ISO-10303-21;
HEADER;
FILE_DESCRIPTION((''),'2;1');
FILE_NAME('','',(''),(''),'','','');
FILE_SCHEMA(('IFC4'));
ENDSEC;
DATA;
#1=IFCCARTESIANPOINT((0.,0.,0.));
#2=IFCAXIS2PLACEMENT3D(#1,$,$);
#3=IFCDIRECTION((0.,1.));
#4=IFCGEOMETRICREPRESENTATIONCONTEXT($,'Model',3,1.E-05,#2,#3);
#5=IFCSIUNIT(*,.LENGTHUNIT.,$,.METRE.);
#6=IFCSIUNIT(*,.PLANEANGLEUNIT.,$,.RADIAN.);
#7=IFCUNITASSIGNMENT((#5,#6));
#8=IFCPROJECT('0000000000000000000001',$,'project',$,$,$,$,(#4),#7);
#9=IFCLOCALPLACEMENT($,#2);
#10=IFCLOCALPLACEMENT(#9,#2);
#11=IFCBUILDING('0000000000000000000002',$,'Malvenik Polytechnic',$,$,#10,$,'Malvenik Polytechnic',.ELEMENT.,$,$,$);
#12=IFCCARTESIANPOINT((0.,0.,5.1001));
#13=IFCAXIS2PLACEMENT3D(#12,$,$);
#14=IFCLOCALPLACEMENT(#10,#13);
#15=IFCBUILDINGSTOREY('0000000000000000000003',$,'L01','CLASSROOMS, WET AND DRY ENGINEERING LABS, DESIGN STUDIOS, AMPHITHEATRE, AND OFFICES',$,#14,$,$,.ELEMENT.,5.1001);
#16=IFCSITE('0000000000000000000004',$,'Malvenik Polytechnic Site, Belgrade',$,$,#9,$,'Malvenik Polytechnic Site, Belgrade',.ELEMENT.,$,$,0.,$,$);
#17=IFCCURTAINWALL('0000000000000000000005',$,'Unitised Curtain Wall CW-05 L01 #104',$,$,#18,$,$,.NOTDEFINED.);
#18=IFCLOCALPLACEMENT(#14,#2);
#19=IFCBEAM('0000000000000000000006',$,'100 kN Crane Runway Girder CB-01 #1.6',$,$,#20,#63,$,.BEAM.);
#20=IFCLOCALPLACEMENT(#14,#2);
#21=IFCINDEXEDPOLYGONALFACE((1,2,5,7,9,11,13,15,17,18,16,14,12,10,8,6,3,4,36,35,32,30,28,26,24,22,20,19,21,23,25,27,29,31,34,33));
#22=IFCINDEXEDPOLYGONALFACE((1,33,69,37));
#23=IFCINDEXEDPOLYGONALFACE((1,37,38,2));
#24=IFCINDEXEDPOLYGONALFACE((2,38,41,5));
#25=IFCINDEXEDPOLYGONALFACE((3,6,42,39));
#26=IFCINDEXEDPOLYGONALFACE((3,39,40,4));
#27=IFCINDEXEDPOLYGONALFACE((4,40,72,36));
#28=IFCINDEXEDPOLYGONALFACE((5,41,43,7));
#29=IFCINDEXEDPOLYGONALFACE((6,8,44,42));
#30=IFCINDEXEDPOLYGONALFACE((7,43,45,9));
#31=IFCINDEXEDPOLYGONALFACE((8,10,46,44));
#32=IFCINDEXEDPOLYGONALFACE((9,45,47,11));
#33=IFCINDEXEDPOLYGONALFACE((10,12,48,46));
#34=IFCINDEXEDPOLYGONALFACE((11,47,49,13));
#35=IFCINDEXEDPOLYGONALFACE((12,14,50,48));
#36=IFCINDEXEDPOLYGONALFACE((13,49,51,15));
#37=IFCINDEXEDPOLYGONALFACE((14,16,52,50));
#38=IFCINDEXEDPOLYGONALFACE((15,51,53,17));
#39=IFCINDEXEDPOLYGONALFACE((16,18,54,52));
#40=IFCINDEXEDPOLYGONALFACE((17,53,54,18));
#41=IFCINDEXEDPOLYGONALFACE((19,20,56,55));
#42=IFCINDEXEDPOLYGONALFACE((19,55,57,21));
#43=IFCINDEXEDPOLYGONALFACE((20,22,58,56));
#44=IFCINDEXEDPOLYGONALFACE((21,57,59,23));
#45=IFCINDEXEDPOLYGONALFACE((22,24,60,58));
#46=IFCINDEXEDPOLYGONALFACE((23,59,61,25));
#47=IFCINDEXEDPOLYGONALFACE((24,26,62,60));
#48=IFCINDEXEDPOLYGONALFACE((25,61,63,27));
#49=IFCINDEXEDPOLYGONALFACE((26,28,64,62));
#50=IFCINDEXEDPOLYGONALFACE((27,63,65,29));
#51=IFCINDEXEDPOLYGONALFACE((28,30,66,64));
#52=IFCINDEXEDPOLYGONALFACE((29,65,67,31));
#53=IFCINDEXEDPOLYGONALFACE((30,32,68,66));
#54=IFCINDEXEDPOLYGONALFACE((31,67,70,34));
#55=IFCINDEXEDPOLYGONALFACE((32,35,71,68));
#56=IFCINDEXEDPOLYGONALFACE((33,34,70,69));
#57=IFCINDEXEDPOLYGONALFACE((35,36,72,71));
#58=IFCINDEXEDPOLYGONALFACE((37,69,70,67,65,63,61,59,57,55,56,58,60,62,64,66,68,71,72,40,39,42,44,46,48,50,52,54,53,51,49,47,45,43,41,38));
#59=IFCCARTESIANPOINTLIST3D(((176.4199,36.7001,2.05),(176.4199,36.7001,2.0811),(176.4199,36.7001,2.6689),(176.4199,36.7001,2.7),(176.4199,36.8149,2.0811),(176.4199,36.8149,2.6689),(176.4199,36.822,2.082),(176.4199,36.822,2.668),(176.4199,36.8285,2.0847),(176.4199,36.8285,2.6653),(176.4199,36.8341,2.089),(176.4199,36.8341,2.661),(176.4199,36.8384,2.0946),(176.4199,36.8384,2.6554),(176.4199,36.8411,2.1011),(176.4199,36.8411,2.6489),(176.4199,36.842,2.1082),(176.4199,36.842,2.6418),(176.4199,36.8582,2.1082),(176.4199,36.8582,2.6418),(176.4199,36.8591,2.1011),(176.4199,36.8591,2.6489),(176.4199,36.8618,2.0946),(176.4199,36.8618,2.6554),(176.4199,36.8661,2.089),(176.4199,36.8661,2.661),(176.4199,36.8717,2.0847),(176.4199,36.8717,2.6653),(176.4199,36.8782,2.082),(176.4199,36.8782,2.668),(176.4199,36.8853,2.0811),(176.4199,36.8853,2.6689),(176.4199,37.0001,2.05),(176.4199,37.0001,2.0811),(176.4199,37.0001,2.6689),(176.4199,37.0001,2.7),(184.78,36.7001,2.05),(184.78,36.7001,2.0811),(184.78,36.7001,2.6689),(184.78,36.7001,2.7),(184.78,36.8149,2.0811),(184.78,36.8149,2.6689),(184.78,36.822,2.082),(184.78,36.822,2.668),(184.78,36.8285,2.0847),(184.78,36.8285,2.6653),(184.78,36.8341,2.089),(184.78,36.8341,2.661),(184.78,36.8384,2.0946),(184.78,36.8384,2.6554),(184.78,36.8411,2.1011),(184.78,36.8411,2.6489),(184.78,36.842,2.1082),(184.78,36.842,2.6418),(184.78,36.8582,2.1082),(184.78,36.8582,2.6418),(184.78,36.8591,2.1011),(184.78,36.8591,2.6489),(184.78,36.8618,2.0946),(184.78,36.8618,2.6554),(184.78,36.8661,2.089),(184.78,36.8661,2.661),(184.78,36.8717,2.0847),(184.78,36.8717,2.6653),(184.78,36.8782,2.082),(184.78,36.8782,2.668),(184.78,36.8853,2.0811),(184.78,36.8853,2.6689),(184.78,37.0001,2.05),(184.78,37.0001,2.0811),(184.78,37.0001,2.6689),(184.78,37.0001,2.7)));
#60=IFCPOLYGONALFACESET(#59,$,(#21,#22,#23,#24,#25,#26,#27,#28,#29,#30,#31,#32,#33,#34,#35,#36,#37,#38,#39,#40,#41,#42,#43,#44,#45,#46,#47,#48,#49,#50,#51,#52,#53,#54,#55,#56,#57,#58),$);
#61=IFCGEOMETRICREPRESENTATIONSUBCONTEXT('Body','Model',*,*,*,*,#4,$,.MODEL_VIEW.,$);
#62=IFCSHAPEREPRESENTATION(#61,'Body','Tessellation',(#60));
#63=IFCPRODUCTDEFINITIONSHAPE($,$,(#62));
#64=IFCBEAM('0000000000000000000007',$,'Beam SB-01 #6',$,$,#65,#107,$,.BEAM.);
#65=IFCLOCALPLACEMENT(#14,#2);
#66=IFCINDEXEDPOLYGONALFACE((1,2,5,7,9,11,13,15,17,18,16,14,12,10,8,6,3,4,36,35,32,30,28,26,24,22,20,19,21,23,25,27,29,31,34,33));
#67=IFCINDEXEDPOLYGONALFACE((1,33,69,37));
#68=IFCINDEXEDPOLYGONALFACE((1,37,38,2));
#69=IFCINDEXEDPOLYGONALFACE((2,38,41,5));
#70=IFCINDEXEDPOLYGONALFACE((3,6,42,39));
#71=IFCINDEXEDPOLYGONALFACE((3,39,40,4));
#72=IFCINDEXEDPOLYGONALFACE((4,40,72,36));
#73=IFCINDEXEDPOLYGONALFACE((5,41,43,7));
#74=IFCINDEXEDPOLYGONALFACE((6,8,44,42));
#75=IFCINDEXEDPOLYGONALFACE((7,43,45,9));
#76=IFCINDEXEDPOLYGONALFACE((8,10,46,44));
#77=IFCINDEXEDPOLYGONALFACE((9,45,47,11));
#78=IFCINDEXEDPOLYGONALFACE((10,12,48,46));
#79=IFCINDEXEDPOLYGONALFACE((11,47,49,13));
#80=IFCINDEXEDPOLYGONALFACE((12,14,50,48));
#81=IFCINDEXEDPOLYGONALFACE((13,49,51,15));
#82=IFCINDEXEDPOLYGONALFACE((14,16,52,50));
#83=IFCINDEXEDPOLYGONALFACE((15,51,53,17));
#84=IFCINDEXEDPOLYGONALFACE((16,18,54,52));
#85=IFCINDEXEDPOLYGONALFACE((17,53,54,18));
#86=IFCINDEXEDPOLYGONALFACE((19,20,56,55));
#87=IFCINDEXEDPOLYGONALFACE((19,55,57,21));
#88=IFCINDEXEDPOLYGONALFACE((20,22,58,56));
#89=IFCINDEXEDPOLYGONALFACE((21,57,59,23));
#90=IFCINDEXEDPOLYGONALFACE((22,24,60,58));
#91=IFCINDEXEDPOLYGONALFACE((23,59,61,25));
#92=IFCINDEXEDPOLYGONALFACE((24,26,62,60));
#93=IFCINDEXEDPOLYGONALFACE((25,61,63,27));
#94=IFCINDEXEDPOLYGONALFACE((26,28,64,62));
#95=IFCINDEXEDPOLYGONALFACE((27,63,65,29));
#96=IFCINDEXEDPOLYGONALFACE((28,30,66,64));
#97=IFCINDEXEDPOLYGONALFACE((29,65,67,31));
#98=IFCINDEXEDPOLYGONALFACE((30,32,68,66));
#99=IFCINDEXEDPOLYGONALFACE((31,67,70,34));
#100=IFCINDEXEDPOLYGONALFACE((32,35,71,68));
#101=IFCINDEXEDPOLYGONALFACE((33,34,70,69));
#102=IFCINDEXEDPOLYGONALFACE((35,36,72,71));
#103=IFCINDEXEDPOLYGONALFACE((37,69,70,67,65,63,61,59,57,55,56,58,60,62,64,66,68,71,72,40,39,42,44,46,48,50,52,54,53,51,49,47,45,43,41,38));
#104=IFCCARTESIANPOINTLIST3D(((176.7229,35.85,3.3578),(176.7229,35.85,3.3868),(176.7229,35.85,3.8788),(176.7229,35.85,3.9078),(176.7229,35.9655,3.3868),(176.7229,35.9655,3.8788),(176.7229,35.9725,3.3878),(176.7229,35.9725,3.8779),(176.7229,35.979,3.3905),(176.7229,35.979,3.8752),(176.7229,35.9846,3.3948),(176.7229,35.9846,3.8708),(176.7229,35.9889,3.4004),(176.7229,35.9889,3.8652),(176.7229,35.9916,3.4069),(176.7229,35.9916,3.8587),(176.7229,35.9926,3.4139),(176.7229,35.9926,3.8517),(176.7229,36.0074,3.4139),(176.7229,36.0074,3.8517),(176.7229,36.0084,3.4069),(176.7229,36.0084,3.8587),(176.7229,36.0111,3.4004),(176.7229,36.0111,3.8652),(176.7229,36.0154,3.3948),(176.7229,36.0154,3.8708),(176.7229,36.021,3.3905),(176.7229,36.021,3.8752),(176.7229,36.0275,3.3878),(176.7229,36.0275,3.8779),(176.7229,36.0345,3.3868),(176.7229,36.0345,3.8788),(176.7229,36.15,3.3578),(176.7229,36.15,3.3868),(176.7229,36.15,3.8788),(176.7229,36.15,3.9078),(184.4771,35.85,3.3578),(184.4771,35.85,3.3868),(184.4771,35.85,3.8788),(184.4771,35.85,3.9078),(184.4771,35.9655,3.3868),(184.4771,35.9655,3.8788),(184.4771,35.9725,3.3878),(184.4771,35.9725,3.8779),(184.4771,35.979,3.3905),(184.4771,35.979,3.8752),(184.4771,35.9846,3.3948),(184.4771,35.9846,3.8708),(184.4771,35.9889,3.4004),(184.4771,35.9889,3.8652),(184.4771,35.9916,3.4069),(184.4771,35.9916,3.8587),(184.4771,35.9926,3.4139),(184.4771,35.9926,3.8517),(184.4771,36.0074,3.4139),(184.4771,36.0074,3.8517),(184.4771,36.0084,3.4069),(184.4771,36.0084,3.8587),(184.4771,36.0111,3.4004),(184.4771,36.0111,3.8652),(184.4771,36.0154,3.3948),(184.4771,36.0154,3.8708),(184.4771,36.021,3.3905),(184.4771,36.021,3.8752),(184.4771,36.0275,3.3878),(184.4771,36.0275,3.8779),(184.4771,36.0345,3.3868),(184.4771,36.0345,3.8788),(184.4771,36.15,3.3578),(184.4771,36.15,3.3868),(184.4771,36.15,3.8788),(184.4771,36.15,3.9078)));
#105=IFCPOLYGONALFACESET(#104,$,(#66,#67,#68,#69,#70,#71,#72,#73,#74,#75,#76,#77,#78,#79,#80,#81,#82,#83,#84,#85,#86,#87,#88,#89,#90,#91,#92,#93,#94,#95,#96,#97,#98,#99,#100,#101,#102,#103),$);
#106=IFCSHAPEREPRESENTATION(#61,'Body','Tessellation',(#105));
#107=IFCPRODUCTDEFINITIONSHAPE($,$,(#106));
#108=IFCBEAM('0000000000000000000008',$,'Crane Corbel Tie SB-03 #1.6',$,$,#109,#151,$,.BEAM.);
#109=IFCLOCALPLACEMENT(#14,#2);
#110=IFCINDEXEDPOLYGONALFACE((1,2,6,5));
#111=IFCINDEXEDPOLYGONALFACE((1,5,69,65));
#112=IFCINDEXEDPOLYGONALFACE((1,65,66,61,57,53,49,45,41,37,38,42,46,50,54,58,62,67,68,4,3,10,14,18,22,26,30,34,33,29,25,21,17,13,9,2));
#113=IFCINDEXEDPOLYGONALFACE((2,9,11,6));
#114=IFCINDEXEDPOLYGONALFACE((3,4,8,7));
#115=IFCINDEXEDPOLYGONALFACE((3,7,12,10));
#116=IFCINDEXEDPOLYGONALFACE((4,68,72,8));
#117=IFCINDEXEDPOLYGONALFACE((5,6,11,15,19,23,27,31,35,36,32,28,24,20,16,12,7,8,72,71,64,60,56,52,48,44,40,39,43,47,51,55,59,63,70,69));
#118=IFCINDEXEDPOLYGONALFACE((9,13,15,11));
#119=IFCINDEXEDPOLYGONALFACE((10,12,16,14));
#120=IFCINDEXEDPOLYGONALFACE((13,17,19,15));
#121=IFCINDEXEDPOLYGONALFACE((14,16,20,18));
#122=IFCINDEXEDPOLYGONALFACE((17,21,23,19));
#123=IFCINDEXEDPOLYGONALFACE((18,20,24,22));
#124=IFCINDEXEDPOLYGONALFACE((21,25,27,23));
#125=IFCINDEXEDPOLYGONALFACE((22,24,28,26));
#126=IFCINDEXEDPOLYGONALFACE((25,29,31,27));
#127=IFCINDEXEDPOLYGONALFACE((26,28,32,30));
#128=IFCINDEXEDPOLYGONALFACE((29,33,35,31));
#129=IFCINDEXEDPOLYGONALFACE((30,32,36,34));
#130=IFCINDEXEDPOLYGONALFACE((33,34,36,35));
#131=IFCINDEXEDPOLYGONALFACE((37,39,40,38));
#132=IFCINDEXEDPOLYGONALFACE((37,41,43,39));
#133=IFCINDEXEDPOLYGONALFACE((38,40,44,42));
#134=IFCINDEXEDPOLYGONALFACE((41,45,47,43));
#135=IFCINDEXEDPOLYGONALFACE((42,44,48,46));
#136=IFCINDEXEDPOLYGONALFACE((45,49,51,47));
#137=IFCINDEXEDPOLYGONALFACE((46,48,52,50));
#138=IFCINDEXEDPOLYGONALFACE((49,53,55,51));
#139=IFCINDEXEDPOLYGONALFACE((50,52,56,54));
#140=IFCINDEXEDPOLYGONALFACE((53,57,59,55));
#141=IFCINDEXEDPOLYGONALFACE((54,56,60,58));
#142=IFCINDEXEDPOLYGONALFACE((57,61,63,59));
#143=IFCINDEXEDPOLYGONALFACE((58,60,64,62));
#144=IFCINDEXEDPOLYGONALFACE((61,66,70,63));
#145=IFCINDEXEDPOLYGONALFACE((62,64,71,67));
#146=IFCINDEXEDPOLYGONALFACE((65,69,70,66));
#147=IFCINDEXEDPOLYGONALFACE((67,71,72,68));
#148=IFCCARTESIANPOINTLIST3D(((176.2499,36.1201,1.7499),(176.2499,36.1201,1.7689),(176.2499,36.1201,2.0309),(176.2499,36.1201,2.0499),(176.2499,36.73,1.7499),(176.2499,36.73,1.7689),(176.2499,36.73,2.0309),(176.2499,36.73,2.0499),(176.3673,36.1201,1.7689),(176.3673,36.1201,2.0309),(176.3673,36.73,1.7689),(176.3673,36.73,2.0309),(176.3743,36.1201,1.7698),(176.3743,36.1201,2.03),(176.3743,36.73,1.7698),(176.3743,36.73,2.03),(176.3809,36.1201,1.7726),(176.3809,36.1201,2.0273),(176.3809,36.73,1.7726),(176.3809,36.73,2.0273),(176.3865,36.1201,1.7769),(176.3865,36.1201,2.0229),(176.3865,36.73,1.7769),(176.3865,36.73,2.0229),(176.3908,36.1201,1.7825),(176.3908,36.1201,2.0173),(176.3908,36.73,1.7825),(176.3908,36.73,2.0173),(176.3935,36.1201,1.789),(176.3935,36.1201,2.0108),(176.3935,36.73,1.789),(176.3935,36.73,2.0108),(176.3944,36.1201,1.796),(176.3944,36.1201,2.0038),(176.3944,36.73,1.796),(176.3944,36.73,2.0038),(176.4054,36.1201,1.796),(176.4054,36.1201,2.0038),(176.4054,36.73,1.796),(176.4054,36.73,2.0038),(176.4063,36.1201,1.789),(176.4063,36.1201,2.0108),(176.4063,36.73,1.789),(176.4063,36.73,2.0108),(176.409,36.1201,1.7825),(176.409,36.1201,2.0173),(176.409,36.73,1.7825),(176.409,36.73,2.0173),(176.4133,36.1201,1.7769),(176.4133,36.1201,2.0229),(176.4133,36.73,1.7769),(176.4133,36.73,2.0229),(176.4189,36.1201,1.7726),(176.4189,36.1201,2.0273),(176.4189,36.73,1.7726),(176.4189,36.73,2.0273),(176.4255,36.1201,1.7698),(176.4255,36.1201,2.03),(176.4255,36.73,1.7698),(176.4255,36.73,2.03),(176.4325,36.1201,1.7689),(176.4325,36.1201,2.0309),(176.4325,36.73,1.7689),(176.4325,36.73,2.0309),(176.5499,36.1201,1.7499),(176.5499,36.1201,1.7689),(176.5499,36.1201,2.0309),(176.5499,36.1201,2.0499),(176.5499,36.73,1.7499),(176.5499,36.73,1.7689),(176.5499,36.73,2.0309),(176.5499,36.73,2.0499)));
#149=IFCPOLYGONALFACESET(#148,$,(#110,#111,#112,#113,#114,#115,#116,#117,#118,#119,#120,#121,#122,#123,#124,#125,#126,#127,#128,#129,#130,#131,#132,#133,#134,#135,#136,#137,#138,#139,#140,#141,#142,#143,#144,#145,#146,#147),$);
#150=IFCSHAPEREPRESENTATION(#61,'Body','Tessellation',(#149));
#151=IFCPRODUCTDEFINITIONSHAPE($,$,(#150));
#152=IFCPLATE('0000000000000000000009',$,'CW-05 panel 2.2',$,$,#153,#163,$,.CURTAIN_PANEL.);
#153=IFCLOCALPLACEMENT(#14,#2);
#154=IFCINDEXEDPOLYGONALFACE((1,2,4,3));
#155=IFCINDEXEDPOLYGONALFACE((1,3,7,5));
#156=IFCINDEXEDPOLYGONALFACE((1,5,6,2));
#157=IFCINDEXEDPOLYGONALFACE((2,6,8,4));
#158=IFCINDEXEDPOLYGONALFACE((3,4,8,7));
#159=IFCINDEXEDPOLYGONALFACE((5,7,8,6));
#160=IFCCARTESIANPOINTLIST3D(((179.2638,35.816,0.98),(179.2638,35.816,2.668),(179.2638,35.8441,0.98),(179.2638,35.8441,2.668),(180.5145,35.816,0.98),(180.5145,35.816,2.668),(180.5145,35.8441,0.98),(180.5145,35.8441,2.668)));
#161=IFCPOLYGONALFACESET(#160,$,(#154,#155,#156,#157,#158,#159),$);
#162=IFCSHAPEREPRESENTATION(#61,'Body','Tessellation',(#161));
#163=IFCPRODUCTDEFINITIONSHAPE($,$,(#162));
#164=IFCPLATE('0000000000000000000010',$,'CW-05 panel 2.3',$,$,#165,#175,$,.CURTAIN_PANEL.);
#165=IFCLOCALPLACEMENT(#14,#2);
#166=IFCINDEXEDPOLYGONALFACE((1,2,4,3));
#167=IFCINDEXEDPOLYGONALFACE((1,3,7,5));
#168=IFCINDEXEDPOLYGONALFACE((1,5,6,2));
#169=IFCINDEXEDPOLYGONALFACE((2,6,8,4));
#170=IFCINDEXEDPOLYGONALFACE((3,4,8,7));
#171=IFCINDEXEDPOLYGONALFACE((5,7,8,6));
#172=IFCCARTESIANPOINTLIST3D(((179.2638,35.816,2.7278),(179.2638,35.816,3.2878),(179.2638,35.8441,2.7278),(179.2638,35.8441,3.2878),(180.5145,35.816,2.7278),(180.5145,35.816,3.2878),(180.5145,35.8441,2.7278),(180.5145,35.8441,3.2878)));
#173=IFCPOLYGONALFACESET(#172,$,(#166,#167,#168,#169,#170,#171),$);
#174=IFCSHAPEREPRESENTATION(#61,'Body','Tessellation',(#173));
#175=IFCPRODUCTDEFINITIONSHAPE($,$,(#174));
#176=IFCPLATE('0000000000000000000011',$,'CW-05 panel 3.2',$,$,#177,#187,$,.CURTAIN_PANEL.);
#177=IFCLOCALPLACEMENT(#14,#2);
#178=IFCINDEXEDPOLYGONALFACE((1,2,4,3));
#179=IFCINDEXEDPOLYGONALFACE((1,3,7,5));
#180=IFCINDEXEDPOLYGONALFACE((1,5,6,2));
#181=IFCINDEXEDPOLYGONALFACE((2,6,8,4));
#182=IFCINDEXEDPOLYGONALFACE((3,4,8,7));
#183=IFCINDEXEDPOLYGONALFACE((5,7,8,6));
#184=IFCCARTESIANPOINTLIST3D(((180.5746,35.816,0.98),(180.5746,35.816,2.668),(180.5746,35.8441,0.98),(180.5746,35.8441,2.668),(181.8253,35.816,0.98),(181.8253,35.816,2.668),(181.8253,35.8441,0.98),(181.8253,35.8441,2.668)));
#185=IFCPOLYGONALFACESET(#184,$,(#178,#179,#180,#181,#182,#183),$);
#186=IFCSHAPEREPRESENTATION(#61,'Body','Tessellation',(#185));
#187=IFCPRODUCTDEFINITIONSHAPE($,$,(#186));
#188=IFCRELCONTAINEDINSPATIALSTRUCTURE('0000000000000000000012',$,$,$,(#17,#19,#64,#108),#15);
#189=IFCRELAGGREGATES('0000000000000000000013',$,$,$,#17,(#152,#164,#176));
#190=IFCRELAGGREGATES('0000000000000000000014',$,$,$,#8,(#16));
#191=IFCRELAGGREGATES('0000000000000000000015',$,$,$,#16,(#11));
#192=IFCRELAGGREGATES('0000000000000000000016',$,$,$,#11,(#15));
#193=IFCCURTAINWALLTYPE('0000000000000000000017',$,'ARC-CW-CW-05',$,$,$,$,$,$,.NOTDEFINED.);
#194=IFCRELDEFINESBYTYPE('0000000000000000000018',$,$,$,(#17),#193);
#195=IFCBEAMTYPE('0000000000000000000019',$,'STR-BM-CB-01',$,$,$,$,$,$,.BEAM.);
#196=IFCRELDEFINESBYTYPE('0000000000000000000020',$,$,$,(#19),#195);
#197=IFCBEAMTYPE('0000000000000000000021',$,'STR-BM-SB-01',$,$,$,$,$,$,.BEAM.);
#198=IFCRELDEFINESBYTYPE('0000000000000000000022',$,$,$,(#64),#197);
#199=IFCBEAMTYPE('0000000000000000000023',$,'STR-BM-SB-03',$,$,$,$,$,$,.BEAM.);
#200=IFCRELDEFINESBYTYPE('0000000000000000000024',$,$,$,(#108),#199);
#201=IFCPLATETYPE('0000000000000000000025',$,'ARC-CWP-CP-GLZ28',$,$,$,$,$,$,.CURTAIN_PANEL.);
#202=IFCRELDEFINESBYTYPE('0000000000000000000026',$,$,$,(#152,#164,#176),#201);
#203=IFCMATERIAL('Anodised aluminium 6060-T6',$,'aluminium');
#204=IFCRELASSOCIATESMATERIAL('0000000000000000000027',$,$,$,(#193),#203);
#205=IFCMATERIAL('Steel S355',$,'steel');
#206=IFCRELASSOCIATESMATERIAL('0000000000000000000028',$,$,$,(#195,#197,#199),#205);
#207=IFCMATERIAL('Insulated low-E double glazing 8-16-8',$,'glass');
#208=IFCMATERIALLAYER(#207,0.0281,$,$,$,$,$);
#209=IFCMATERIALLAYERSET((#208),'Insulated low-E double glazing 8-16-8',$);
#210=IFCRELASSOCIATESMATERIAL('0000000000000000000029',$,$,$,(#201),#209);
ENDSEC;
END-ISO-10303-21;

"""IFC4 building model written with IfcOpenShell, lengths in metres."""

from ifc_helpers import new_model, si_unit, direction, frame, origin, origin_2d, place, context, subcontext, project, spatial, rectangle, i_section, extrude, material, layer, layer_set, material_profile, profile_set, type_object, element, aggregate, save


model = new_model("IFC4")

# Units and contexts
model_context = context("Model", 3, precision=1e-05, world=origin(), true_north=direction((0.0, 1.0)))
body_context = subcontext(model_context, "Body", "Model", "MODEL_VIEW")
ifc_project = project(units=[si_unit("LENGTHUNIT", "METRE"), si_unit("PLANEANGLEUNIT", "RADIAN")], contexts=[model_context])

# Site, building, storey
site_placement = place(None, origin())
site = spatial("IfcSite", under=ifc_project, at=site_placement, Name="Malvenik Polytechnic Site, Belgrade", LongName="Malvenik Polytechnic Site, Belgrade", CompositionType="ELEMENT", RefElevation=0.0)
building_placement = place(site_placement, origin())
building = spatial("IfcBuilding", under=site, at=building_placement, Name="Malvenik Polytechnic", LongName="Malvenik Polytechnic", CompositionType="ELEMENT")
storey_placement = place(building_placement, frame((0.0, 0.0, 5.1001)))
storey = spatial("IfcBuildingStorey", under=building, at=storey_placement, Name="L01", Description="CLASSROOMS, WET AND DRY ENGINEERING LABS, DESIGN STUDIOS, AMPHITHEATRE, AND OFFICES", CompositionType="ELEMENT", Elevation=5.1001)

# Curtain wall
ifc_material_1 = material(Name="Anodised aluminium 6060-T6", Category="aluminium")
curtain_wall_type = type_object("IfcCurtainWallType", Name="ARC-CW-CW-05", PredefinedType="NOTDEFINED", material=ifc_material_1)
curtain_wall_placement = place(storey_placement, origin())
curtain_wall = element("IfcCurtainWall", 1, at=curtain_wall_placement, inside=storey, type_object=curtain_wall_type, Name="Unitised Curtain Wall CW-05 L01 #104", PredefinedType="NOTDEFINED")

# Beams
ifc_material_2 = material(Name="Steel S355", Category="steel")
ifc_material_profile_1 = material_profile(ifc_material_2, i_section(OverallWidth=0.3, OverallDepth=0.6499, WebThickness=0.0161, FlangeThickness=0.031, FilletRadius=0.0271, at=origin_2d()), Name="HEB 650")
ifc_profile_set_1 = profile_set([ifc_material_profile_1], Name="Steel S355")
beam_type_1 = type_object("IfcBeamType", Name="STR-BM-CB-01", PredefinedType="BEAM", material=ifc_profile_set_1)
beam_1_placement = place(storey_placement, frame((176.4199, 36.8501, 2.375), z_axis=(1.0, 0.0, 0.0), x_axis=(0.0, 1.0, 0.0)))
element("IfcBeam", 2, at=beam_1_placement, inside=storey, type_object=beam_type_1, Name="100 kN Crane Runway Girder CB-01 #1.6", PredefinedType="BEAM", context=body_context, shape_type="SweptSolid", body=[
    extrude(i_section(OverallWidth=0.3, OverallDepth=0.6499, WebThickness=0.0161, FlangeThickness=0.031, FilletRadius=0.0271, at=origin_2d()), origin(), (0.0, 0.0, 1.0), 8.3601),
])
ifc_material_profile_2 = material_profile(ifc_material_2, i_section(OverallWidth=0.3, OverallDepth=0.55, WebThickness=0.0149, FlangeThickness=0.0291, FilletRadius=0.0271, at=origin_2d()), Name="HEB 550")
ifc_profile_set_2 = profile_set([ifc_material_profile_2], Name="Steel S355")
beam_type_2 = type_object("IfcBeamType", Name="STR-BM-SB-01", PredefinedType="BEAM", material=ifc_profile_set_2)
beam_2_placement = place(storey_placement, frame((176.7229, 36.0, 3.6328), z_axis=(1.0, 0.0, 0.0), x_axis=(0.0, 1.0, 0.0)))
element("IfcBeam", 3, at=beam_2_placement, inside=storey, type_object=beam_type_2, Name="Beam SB-01 #6", PredefinedType="BEAM", context=body_context, shape_type="SweptSolid", body=[
    extrude(i_section(OverallWidth=0.3, OverallDepth=0.55, WebThickness=0.0149, FlangeThickness=0.0291, FilletRadius=0.0271, at=origin_2d()), origin(), (0.0, 0.0, 1.0), 7.7542),
])
ifc_material_profile_3 = material_profile(ifc_material_2, i_section(OverallWidth=0.3, OverallDepth=0.3, WebThickness=0.011, FlangeThickness=0.019, FilletRadius=0.0271, at=origin_2d()), Name="HEB 300")
ifc_profile_set_3 = profile_set([ifc_material_profile_3], Name="Steel S355")
beam_type_3 = type_object("IfcBeamType", Name="STR-BM-SB-03", PredefinedType="BEAM", material=ifc_profile_set_3)
beam_3_placement = place(storey_placement, frame((176.3999, 36.1201, 1.8999), z_axis=(0.0, 1.0, 0.0), x_axis=(-1.0, 0.0, 0.0)))
element("IfcBeam", 4, at=beam_3_placement, inside=storey, type_object=beam_type_3, Name="Crane Corbel Tie SB-03 #1.6", PredefinedType="BEAM", context=body_context, shape_type="SweptSolid", body=[
    extrude(i_section(OverallWidth=0.3, OverallDepth=0.3, WebThickness=0.011, FlangeThickness=0.019, FilletRadius=0.0271, at=origin_2d()), origin(), (0.0, 0.0, 1.0), 0.6099),
])

# Plates
ifc_material_3 = material(Name="Insulated low-E double glazing 8-16-8", Category="glass")
ifc_layer_1 = layer(ifc_material_3, 0.0281)
ifc_layer_set_1 = layer_set([ifc_layer_1], Name="Insulated low-E double glazing 8-16-8")
plate_type_1 = type_object("IfcPlateType", Name="ARC-CWP-CP-GLZ28", PredefinedType="CURTAIN_PANEL", material=ifc_layer_set_1)
plate_1_placement = place(storey_placement, frame((179.8892, 35.8301, 0.98), z_axis=(0.0, 0.0, 1.0), x_axis=(1.0, 0.0, 0.0)))
plate_1 = element("IfcPlate", 5, at=plate_1_placement, type_object=plate_type_1, Name="CW-05 panel 2.2", PredefinedType="CURTAIN_PANEL", context=body_context, shape_type="SweptSolid", body=[
    extrude(rectangle(XDim=1.2507, YDim=0.0281, at=origin_2d()), origin(), (0.0, 0.0, 1.0), 1.688),
])
plate_2_placement = place(storey_placement, frame((179.8892, 35.8301, 2.7278), z_axis=(0.0, 0.0, 1.0), x_axis=(1.0, 0.0, 0.0)))
plate_2 = element("IfcPlate", 6, at=plate_2_placement, type_object=plate_type_1, Name="CW-05 panel 2.3", PredefinedType="CURTAIN_PANEL", context=body_context, shape_type="SweptSolid", body=[
    extrude(rectangle(XDim=1.2507, YDim=0.0281, at=origin_2d()), origin(), (0.0, 0.0, 1.0), 0.5601),
])
plate_3_placement = place(storey_placement, frame((181.2, 35.8301, 0.98), z_axis=(0.0, 0.0, 1.0), x_axis=(1.0, 0.0, 0.0)))
plate_3 = element("IfcPlate", 7, at=plate_3_placement, type_object=plate_type_1, Name="CW-05 panel 3.2", PredefinedType="CURTAIN_PANEL", context=body_context, shape_type="SweptSolid", body=[
    extrude(rectangle(XDim=1.2507, YDim=0.0281, at=origin_2d()), origin(), (0.0, 0.0, 1.0), 1.688),
])
aggregate(curtain_wall, [plate_1, plate_2, plate_3])

save(model, "model.ifc")
